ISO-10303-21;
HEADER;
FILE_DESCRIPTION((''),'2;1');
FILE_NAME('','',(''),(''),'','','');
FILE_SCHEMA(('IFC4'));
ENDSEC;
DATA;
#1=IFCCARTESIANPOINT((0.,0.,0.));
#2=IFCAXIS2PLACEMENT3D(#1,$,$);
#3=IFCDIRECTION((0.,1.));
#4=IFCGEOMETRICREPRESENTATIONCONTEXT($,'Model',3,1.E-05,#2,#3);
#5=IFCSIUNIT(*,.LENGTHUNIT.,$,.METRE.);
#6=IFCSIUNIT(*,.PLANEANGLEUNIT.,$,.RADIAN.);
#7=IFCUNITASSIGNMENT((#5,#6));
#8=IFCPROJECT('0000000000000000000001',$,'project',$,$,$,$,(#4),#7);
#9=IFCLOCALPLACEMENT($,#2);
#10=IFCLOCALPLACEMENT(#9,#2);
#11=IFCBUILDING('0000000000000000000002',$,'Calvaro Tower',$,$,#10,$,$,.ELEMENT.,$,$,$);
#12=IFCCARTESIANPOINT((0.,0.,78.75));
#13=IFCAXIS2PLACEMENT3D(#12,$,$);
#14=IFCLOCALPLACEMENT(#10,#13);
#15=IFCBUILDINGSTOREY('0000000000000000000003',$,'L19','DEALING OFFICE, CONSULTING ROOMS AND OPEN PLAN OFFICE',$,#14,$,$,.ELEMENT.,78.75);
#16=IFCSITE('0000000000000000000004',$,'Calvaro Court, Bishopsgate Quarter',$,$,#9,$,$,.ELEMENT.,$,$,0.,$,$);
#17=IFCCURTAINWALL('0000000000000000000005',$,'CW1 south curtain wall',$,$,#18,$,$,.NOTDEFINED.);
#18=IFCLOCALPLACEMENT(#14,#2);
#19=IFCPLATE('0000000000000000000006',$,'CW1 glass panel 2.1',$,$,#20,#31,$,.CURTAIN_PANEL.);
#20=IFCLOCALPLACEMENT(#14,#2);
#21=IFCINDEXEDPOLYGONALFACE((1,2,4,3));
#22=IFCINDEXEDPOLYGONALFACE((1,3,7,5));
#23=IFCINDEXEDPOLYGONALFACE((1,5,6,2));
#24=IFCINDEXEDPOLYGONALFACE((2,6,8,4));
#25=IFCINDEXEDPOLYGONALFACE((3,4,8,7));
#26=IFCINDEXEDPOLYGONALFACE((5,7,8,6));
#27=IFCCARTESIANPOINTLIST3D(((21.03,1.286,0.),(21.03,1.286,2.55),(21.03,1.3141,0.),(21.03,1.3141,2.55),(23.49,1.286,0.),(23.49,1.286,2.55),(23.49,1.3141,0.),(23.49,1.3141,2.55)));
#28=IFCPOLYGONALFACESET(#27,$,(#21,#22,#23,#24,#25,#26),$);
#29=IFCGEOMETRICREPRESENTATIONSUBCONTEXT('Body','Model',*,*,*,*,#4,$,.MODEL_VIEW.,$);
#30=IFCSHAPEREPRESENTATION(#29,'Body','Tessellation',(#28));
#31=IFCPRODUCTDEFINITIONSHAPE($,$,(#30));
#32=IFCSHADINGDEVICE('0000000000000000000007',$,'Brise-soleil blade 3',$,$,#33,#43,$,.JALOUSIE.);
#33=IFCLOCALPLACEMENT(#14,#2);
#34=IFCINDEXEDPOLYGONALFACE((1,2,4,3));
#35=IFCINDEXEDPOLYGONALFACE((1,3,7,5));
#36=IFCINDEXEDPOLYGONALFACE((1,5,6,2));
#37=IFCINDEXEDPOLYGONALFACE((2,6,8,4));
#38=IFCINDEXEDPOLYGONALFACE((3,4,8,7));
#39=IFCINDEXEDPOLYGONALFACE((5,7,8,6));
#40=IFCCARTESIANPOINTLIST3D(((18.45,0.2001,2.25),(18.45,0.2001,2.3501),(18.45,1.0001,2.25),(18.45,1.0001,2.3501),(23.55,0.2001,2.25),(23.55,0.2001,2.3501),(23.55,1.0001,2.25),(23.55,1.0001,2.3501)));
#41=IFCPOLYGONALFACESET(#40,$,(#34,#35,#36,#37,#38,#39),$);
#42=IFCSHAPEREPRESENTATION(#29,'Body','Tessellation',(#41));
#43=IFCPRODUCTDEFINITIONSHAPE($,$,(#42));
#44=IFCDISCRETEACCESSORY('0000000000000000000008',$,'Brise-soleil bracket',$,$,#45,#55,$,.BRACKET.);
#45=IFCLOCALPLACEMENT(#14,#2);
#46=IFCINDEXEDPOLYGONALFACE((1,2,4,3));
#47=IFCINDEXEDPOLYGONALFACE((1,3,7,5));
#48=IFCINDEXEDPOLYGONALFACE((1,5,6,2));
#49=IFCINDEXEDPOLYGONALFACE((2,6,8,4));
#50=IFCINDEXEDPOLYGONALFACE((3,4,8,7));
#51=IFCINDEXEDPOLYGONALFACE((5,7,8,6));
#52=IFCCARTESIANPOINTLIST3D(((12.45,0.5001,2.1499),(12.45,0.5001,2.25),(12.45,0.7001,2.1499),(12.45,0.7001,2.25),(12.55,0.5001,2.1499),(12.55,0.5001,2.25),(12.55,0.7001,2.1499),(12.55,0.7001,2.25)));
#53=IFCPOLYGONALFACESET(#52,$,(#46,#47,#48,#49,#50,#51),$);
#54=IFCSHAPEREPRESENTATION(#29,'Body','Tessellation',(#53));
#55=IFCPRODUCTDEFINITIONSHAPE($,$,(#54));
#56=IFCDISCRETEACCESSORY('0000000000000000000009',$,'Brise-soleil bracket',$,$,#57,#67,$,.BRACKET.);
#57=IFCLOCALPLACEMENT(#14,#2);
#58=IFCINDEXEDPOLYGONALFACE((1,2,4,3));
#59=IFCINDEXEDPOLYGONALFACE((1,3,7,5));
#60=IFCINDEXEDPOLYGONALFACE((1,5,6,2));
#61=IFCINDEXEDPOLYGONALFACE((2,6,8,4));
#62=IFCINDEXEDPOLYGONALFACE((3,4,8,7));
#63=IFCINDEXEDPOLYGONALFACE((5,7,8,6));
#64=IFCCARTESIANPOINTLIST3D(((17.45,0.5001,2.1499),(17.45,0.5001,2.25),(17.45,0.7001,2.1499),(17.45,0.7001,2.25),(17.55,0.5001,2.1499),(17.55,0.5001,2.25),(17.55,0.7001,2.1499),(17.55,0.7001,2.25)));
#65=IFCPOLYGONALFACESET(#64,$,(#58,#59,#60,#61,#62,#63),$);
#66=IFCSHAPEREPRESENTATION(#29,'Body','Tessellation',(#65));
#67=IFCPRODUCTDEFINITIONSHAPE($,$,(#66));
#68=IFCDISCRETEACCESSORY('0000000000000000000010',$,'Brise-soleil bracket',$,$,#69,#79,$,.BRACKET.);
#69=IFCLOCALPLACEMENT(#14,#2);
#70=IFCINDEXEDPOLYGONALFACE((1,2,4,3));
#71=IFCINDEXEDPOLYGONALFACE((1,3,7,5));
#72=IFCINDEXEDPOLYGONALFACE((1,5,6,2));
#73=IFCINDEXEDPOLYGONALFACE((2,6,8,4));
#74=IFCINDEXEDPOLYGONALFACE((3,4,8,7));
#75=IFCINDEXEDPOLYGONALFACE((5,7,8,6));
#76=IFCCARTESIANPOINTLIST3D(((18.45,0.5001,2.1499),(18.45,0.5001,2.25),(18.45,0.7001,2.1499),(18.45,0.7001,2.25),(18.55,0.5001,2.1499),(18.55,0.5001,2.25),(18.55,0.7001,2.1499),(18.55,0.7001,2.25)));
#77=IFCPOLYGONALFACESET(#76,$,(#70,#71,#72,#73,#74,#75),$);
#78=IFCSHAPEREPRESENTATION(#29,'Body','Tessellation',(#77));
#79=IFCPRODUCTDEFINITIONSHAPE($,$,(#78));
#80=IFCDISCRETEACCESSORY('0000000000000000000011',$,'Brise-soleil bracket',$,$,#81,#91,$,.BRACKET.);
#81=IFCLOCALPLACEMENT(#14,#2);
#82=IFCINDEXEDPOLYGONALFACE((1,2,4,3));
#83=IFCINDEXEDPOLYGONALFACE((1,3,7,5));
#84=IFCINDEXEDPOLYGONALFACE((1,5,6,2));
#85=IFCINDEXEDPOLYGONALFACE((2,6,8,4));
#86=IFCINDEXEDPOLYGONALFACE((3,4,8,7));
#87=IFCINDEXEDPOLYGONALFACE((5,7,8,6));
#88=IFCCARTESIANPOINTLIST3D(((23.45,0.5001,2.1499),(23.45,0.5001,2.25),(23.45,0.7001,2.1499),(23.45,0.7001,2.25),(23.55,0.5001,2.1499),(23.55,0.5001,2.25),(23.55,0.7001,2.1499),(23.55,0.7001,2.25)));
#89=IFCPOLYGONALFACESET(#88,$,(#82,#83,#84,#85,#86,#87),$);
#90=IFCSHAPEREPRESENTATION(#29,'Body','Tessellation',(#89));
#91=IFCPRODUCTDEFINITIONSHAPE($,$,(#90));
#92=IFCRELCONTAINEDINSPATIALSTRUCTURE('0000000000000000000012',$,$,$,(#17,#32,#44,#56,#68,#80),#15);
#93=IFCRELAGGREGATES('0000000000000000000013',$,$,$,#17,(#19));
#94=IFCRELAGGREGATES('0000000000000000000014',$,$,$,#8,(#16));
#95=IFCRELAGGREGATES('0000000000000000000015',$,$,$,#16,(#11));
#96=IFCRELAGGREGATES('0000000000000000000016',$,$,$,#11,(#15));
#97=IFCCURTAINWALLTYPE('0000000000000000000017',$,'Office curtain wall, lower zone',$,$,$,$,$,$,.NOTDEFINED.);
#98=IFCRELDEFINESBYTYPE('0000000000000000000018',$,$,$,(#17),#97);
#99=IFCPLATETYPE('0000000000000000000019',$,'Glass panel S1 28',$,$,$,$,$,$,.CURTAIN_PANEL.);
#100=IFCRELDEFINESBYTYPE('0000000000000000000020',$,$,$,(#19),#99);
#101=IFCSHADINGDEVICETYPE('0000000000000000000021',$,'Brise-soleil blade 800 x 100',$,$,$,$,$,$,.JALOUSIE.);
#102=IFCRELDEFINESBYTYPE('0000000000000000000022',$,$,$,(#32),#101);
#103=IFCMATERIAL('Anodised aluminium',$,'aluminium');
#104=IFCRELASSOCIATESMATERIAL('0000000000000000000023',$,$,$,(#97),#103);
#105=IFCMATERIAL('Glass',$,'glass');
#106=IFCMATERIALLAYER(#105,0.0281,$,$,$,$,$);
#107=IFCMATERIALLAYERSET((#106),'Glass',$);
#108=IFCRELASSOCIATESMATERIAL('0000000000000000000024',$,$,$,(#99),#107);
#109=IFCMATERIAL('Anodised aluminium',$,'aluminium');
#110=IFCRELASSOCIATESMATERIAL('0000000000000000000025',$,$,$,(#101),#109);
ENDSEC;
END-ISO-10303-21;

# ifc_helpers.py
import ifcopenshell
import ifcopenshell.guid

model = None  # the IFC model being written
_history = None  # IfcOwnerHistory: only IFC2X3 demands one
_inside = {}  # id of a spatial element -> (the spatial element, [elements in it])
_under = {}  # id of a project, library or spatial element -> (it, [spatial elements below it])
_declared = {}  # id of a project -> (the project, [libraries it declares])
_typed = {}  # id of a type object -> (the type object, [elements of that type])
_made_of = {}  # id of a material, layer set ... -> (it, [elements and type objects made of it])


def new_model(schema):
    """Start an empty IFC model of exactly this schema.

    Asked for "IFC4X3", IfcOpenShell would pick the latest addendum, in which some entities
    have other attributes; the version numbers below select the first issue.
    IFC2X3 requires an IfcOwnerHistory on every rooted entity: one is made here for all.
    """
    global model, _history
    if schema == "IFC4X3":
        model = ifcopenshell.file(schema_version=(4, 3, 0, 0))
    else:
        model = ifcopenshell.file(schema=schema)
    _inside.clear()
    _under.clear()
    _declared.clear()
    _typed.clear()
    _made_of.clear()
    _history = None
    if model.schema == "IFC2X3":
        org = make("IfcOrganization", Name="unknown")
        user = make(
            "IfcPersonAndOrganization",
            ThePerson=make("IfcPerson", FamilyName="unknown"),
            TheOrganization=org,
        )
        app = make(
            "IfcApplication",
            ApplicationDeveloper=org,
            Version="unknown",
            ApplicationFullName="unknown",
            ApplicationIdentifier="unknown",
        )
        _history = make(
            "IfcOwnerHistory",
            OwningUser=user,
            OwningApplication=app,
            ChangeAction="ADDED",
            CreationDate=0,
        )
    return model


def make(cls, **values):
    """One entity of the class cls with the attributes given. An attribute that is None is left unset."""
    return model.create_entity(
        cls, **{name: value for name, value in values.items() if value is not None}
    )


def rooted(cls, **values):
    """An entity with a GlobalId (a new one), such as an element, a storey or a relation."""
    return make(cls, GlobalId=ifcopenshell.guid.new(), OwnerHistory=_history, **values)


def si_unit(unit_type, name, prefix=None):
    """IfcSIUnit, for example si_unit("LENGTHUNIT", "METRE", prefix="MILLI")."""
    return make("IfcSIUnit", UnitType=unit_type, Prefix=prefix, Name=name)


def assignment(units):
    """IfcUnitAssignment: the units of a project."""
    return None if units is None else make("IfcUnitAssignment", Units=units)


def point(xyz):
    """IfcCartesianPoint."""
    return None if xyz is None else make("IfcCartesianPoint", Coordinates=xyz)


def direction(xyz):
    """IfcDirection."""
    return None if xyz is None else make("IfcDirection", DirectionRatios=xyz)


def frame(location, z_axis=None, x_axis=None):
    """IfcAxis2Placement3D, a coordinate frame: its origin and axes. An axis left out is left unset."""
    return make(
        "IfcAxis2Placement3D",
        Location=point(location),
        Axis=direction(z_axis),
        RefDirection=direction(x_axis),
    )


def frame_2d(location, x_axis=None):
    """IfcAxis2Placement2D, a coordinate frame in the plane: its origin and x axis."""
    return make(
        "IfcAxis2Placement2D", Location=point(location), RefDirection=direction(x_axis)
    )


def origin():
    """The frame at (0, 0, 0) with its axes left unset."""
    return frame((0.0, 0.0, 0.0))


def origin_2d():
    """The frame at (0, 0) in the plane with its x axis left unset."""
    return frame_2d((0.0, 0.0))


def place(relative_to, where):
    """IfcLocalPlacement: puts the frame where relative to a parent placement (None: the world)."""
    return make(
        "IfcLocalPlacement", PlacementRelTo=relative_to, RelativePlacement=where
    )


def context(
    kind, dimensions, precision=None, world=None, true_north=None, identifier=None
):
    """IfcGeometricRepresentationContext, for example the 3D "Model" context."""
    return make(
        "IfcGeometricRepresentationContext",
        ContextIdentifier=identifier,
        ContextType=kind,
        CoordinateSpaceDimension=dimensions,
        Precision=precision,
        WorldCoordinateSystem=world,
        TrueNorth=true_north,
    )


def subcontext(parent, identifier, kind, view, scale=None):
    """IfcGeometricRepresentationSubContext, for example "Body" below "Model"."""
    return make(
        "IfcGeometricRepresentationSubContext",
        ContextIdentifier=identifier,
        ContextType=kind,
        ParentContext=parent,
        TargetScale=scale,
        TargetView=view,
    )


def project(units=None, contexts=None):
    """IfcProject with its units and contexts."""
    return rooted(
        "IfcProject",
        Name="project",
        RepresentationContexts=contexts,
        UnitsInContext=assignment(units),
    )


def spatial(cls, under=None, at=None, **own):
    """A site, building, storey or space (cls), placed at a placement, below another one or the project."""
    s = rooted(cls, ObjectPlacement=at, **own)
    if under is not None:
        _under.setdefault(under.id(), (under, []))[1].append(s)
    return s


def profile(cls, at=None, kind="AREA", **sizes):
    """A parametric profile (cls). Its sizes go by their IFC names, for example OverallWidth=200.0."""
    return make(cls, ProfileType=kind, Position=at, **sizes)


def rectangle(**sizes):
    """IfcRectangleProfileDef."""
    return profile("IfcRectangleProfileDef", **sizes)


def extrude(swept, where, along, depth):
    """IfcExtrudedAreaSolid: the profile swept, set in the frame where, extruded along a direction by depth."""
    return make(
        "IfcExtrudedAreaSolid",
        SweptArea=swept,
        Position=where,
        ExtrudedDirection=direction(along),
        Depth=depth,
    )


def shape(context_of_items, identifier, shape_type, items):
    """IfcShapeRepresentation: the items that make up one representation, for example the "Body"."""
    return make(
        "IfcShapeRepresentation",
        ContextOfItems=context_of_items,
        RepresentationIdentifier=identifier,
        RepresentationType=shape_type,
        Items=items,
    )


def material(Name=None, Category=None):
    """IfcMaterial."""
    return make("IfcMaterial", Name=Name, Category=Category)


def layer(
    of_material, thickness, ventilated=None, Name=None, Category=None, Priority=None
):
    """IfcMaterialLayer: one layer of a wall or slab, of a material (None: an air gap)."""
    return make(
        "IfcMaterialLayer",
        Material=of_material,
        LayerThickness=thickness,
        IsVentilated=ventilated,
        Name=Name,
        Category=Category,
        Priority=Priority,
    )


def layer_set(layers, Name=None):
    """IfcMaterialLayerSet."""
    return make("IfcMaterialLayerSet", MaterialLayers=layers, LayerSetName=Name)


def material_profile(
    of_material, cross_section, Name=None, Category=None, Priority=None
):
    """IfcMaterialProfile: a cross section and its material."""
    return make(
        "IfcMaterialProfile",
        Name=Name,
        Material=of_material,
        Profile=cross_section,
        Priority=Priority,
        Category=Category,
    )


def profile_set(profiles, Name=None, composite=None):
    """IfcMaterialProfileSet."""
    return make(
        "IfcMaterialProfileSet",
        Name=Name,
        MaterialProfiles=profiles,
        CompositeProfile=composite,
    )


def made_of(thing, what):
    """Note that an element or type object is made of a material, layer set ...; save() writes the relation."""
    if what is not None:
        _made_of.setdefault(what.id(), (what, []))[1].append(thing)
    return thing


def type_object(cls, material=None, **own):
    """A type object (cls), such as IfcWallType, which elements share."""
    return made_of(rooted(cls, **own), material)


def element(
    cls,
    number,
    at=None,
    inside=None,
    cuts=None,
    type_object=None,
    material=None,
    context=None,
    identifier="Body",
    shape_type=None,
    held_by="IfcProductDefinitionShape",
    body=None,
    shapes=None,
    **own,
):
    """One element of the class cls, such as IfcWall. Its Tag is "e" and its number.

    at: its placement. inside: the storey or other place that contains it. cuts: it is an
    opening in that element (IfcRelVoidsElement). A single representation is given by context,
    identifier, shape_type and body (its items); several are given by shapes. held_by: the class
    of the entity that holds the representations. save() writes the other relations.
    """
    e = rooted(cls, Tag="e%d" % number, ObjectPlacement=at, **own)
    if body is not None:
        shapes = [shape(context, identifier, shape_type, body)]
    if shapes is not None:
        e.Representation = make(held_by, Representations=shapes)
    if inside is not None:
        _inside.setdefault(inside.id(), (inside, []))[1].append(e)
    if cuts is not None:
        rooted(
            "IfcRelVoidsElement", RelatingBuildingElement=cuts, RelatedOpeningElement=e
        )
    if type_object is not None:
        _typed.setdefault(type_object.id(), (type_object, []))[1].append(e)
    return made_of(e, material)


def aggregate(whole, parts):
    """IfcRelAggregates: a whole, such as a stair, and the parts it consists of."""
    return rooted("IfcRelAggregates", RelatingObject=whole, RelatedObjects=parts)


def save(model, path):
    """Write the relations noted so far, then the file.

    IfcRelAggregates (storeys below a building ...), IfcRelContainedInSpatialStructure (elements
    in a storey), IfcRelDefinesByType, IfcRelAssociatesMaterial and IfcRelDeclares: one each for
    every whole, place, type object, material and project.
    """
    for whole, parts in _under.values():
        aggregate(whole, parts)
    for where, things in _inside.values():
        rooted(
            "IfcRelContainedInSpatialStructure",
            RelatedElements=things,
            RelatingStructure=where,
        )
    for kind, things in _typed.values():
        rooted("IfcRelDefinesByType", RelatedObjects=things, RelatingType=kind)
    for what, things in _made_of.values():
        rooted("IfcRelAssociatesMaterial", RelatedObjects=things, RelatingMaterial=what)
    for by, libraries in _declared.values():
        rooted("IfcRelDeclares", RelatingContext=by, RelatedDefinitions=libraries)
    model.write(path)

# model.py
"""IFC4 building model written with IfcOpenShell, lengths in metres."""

from ifc_helpers import new_model, si_unit, direction, frame, origin, origin_2d, place, context, subcontext, project, spatial, rectangle, extrude, material, layer, layer_set, material_profile, profile_set, type_object, element, aggregate, save


model = new_model("IFC4")

# Units and contexts
model_context = context("Model", 3, precision=1e-05, world=origin(), true_north=direction((0.0, 1.0)))
body_context = subcontext(model_context, "Body", "Model", "MODEL_VIEW")
ifc_project = project(units=[si_unit("LENGTHUNIT", "METRE"), si_unit("PLANEANGLEUNIT", "RADIAN")], contexts=[model_context])

# Site, building, storey
site_placement = place(None, origin())
site = spatial("IfcSite", under=ifc_project, at=site_placement, Name="Calvaro Court, Bishopsgate Quarter", CompositionType="ELEMENT", RefElevation=0.0)
building_placement = place(site_placement, origin())
building = spatial("IfcBuilding", under=site, at=building_placement, Name="Calvaro Tower", CompositionType="ELEMENT")
storey_placement = place(building_placement, frame((0.0, 0.0, 78.75)))
storey = spatial("IfcBuildingStorey", under=building, at=storey_placement, Name="L19", Description="DEALING OFFICE, CONSULTING ROOMS AND OPEN PLAN OFFICE", CompositionType="ELEMENT", Elevation=78.75)

# Curtain wall
ifc_material_1 = material(Name="Anodised aluminium", Category="aluminium")
curtain_wall_type = type_object("IfcCurtainWallType", Name="Office curtain wall, lower zone", PredefinedType="NOTDEFINED", material=ifc_material_1)
curtain_wall_1_placement = place(storey_placement, origin())
curtain_wall_1 = element("IfcCurtainWall", 1, at=curtain_wall_1_placement, inside=storey, type_object=curtain_wall_type, Name="CW1 south curtain wall", PredefinedType="NOTDEFINED")

# Plate
ifc_material_2 = material(Name="Glass", Category="glass")
ifc_layer = layer(ifc_material_2, 0.0281)
ifc_layer_set = layer_set([ifc_layer], Name="Glass")
plate_type = type_object("IfcPlateType", Name="Glass panel S1 28", PredefinedType="CURTAIN_PANEL", material=ifc_layer_set)
plate_1_placement = place(storey_placement, frame((22.26, 1.3, 0.0), z_axis=(0.0, 0.0, 1.0), x_axis=(1.0, 0.0, 0.0)))
plate_1 = element("IfcPlate", 2, at=plate_1_placement, type_object=plate_type, Name="CW1 glass panel 2.1", PredefinedType="CURTAIN_PANEL", context=body_context, shape_type="SweptSolid", body=[
    extrude(rectangle(XDim=2.46, YDim=0.0281, at=origin_2d()), origin(), (0.0, 0.0, 1.0), 2.55),
])
aggregate(curtain_wall_1, [plate_1])

# Shading device
ifc_material_3 = material(Name="Anodised aluminium", Category="aluminium")
ifc_material_profile_1 = material_profile(ifc_material_3, rectangle(XDim=0.8, YDim=0.1001, at=origin_2d()), Name="Brise-soleil blade 800 x 100")
ifc_profile_set_1 = profile_set([ifc_material_profile_1], Name="Anodised aluminium")
shading_device_type = type_object("IfcShadingDeviceType", Name="Brise-soleil blade 800 x 100", PredefinedType="JALOUSIE", material=ifc_profile_set_1)
shading_device_placement = place(storey_placement, frame((18.45, 0.6001, 2.3), z_axis=(1.0, 0.0, 0.0), x_axis=(0.0, 1.0, 0.0)))
element("IfcShadingDevice", 3, at=shading_device_placement, inside=storey, type_object=shading_device_type, Name="Brise-soleil blade 3", PredefinedType="JALOUSIE", context=body_context, shape_type="SweptSolid", body=[
    extrude(rectangle(XDim=0.8, YDim=0.1001, at=origin_2d()), origin(), (0.0, 0.0, 1.0), 5.1001),
])

# Discrete accessories
for number, where, z_axis, x_axis, name in (
    (4, (12.5, 0.6001, 2.1499), (0.0, 0.0, 1.0), (1.0, 0.0, 0.0), "Brise-soleil bracket"),
    (5, (17.5, 0.6001, 2.1499), (0.0, 0.0, 1.0), (1.0, 0.0, 0.0), "Brise-soleil bracket"),
    (6, (18.5, 0.6001, 2.1499), (0.0, 0.0, 1.0), (1.0, 0.0, 0.0), "Brise-soleil bracket"),
    (7, (23.5, 0.6001, 2.1499), (0.0, 0.0, 1.0), (1.0, 0.0, 0.0), "Brise-soleil bracket"),
):
    element("IfcDiscreteAccessory", number, at=place(storey_placement, frame(where, z_axis=z_axis, x_axis=x_axis)), inside=storey, Name=name, PredefinedType="BRACKET", context=body_context, shape_type="SweptSolid", body=[
        extrude(rectangle(XDim=0.1001, YDim=0.2, at=origin_2d()), origin(), (0.0, 0.0, 1.0), 0.1001),
    ])

save(model, "model.ifc")
